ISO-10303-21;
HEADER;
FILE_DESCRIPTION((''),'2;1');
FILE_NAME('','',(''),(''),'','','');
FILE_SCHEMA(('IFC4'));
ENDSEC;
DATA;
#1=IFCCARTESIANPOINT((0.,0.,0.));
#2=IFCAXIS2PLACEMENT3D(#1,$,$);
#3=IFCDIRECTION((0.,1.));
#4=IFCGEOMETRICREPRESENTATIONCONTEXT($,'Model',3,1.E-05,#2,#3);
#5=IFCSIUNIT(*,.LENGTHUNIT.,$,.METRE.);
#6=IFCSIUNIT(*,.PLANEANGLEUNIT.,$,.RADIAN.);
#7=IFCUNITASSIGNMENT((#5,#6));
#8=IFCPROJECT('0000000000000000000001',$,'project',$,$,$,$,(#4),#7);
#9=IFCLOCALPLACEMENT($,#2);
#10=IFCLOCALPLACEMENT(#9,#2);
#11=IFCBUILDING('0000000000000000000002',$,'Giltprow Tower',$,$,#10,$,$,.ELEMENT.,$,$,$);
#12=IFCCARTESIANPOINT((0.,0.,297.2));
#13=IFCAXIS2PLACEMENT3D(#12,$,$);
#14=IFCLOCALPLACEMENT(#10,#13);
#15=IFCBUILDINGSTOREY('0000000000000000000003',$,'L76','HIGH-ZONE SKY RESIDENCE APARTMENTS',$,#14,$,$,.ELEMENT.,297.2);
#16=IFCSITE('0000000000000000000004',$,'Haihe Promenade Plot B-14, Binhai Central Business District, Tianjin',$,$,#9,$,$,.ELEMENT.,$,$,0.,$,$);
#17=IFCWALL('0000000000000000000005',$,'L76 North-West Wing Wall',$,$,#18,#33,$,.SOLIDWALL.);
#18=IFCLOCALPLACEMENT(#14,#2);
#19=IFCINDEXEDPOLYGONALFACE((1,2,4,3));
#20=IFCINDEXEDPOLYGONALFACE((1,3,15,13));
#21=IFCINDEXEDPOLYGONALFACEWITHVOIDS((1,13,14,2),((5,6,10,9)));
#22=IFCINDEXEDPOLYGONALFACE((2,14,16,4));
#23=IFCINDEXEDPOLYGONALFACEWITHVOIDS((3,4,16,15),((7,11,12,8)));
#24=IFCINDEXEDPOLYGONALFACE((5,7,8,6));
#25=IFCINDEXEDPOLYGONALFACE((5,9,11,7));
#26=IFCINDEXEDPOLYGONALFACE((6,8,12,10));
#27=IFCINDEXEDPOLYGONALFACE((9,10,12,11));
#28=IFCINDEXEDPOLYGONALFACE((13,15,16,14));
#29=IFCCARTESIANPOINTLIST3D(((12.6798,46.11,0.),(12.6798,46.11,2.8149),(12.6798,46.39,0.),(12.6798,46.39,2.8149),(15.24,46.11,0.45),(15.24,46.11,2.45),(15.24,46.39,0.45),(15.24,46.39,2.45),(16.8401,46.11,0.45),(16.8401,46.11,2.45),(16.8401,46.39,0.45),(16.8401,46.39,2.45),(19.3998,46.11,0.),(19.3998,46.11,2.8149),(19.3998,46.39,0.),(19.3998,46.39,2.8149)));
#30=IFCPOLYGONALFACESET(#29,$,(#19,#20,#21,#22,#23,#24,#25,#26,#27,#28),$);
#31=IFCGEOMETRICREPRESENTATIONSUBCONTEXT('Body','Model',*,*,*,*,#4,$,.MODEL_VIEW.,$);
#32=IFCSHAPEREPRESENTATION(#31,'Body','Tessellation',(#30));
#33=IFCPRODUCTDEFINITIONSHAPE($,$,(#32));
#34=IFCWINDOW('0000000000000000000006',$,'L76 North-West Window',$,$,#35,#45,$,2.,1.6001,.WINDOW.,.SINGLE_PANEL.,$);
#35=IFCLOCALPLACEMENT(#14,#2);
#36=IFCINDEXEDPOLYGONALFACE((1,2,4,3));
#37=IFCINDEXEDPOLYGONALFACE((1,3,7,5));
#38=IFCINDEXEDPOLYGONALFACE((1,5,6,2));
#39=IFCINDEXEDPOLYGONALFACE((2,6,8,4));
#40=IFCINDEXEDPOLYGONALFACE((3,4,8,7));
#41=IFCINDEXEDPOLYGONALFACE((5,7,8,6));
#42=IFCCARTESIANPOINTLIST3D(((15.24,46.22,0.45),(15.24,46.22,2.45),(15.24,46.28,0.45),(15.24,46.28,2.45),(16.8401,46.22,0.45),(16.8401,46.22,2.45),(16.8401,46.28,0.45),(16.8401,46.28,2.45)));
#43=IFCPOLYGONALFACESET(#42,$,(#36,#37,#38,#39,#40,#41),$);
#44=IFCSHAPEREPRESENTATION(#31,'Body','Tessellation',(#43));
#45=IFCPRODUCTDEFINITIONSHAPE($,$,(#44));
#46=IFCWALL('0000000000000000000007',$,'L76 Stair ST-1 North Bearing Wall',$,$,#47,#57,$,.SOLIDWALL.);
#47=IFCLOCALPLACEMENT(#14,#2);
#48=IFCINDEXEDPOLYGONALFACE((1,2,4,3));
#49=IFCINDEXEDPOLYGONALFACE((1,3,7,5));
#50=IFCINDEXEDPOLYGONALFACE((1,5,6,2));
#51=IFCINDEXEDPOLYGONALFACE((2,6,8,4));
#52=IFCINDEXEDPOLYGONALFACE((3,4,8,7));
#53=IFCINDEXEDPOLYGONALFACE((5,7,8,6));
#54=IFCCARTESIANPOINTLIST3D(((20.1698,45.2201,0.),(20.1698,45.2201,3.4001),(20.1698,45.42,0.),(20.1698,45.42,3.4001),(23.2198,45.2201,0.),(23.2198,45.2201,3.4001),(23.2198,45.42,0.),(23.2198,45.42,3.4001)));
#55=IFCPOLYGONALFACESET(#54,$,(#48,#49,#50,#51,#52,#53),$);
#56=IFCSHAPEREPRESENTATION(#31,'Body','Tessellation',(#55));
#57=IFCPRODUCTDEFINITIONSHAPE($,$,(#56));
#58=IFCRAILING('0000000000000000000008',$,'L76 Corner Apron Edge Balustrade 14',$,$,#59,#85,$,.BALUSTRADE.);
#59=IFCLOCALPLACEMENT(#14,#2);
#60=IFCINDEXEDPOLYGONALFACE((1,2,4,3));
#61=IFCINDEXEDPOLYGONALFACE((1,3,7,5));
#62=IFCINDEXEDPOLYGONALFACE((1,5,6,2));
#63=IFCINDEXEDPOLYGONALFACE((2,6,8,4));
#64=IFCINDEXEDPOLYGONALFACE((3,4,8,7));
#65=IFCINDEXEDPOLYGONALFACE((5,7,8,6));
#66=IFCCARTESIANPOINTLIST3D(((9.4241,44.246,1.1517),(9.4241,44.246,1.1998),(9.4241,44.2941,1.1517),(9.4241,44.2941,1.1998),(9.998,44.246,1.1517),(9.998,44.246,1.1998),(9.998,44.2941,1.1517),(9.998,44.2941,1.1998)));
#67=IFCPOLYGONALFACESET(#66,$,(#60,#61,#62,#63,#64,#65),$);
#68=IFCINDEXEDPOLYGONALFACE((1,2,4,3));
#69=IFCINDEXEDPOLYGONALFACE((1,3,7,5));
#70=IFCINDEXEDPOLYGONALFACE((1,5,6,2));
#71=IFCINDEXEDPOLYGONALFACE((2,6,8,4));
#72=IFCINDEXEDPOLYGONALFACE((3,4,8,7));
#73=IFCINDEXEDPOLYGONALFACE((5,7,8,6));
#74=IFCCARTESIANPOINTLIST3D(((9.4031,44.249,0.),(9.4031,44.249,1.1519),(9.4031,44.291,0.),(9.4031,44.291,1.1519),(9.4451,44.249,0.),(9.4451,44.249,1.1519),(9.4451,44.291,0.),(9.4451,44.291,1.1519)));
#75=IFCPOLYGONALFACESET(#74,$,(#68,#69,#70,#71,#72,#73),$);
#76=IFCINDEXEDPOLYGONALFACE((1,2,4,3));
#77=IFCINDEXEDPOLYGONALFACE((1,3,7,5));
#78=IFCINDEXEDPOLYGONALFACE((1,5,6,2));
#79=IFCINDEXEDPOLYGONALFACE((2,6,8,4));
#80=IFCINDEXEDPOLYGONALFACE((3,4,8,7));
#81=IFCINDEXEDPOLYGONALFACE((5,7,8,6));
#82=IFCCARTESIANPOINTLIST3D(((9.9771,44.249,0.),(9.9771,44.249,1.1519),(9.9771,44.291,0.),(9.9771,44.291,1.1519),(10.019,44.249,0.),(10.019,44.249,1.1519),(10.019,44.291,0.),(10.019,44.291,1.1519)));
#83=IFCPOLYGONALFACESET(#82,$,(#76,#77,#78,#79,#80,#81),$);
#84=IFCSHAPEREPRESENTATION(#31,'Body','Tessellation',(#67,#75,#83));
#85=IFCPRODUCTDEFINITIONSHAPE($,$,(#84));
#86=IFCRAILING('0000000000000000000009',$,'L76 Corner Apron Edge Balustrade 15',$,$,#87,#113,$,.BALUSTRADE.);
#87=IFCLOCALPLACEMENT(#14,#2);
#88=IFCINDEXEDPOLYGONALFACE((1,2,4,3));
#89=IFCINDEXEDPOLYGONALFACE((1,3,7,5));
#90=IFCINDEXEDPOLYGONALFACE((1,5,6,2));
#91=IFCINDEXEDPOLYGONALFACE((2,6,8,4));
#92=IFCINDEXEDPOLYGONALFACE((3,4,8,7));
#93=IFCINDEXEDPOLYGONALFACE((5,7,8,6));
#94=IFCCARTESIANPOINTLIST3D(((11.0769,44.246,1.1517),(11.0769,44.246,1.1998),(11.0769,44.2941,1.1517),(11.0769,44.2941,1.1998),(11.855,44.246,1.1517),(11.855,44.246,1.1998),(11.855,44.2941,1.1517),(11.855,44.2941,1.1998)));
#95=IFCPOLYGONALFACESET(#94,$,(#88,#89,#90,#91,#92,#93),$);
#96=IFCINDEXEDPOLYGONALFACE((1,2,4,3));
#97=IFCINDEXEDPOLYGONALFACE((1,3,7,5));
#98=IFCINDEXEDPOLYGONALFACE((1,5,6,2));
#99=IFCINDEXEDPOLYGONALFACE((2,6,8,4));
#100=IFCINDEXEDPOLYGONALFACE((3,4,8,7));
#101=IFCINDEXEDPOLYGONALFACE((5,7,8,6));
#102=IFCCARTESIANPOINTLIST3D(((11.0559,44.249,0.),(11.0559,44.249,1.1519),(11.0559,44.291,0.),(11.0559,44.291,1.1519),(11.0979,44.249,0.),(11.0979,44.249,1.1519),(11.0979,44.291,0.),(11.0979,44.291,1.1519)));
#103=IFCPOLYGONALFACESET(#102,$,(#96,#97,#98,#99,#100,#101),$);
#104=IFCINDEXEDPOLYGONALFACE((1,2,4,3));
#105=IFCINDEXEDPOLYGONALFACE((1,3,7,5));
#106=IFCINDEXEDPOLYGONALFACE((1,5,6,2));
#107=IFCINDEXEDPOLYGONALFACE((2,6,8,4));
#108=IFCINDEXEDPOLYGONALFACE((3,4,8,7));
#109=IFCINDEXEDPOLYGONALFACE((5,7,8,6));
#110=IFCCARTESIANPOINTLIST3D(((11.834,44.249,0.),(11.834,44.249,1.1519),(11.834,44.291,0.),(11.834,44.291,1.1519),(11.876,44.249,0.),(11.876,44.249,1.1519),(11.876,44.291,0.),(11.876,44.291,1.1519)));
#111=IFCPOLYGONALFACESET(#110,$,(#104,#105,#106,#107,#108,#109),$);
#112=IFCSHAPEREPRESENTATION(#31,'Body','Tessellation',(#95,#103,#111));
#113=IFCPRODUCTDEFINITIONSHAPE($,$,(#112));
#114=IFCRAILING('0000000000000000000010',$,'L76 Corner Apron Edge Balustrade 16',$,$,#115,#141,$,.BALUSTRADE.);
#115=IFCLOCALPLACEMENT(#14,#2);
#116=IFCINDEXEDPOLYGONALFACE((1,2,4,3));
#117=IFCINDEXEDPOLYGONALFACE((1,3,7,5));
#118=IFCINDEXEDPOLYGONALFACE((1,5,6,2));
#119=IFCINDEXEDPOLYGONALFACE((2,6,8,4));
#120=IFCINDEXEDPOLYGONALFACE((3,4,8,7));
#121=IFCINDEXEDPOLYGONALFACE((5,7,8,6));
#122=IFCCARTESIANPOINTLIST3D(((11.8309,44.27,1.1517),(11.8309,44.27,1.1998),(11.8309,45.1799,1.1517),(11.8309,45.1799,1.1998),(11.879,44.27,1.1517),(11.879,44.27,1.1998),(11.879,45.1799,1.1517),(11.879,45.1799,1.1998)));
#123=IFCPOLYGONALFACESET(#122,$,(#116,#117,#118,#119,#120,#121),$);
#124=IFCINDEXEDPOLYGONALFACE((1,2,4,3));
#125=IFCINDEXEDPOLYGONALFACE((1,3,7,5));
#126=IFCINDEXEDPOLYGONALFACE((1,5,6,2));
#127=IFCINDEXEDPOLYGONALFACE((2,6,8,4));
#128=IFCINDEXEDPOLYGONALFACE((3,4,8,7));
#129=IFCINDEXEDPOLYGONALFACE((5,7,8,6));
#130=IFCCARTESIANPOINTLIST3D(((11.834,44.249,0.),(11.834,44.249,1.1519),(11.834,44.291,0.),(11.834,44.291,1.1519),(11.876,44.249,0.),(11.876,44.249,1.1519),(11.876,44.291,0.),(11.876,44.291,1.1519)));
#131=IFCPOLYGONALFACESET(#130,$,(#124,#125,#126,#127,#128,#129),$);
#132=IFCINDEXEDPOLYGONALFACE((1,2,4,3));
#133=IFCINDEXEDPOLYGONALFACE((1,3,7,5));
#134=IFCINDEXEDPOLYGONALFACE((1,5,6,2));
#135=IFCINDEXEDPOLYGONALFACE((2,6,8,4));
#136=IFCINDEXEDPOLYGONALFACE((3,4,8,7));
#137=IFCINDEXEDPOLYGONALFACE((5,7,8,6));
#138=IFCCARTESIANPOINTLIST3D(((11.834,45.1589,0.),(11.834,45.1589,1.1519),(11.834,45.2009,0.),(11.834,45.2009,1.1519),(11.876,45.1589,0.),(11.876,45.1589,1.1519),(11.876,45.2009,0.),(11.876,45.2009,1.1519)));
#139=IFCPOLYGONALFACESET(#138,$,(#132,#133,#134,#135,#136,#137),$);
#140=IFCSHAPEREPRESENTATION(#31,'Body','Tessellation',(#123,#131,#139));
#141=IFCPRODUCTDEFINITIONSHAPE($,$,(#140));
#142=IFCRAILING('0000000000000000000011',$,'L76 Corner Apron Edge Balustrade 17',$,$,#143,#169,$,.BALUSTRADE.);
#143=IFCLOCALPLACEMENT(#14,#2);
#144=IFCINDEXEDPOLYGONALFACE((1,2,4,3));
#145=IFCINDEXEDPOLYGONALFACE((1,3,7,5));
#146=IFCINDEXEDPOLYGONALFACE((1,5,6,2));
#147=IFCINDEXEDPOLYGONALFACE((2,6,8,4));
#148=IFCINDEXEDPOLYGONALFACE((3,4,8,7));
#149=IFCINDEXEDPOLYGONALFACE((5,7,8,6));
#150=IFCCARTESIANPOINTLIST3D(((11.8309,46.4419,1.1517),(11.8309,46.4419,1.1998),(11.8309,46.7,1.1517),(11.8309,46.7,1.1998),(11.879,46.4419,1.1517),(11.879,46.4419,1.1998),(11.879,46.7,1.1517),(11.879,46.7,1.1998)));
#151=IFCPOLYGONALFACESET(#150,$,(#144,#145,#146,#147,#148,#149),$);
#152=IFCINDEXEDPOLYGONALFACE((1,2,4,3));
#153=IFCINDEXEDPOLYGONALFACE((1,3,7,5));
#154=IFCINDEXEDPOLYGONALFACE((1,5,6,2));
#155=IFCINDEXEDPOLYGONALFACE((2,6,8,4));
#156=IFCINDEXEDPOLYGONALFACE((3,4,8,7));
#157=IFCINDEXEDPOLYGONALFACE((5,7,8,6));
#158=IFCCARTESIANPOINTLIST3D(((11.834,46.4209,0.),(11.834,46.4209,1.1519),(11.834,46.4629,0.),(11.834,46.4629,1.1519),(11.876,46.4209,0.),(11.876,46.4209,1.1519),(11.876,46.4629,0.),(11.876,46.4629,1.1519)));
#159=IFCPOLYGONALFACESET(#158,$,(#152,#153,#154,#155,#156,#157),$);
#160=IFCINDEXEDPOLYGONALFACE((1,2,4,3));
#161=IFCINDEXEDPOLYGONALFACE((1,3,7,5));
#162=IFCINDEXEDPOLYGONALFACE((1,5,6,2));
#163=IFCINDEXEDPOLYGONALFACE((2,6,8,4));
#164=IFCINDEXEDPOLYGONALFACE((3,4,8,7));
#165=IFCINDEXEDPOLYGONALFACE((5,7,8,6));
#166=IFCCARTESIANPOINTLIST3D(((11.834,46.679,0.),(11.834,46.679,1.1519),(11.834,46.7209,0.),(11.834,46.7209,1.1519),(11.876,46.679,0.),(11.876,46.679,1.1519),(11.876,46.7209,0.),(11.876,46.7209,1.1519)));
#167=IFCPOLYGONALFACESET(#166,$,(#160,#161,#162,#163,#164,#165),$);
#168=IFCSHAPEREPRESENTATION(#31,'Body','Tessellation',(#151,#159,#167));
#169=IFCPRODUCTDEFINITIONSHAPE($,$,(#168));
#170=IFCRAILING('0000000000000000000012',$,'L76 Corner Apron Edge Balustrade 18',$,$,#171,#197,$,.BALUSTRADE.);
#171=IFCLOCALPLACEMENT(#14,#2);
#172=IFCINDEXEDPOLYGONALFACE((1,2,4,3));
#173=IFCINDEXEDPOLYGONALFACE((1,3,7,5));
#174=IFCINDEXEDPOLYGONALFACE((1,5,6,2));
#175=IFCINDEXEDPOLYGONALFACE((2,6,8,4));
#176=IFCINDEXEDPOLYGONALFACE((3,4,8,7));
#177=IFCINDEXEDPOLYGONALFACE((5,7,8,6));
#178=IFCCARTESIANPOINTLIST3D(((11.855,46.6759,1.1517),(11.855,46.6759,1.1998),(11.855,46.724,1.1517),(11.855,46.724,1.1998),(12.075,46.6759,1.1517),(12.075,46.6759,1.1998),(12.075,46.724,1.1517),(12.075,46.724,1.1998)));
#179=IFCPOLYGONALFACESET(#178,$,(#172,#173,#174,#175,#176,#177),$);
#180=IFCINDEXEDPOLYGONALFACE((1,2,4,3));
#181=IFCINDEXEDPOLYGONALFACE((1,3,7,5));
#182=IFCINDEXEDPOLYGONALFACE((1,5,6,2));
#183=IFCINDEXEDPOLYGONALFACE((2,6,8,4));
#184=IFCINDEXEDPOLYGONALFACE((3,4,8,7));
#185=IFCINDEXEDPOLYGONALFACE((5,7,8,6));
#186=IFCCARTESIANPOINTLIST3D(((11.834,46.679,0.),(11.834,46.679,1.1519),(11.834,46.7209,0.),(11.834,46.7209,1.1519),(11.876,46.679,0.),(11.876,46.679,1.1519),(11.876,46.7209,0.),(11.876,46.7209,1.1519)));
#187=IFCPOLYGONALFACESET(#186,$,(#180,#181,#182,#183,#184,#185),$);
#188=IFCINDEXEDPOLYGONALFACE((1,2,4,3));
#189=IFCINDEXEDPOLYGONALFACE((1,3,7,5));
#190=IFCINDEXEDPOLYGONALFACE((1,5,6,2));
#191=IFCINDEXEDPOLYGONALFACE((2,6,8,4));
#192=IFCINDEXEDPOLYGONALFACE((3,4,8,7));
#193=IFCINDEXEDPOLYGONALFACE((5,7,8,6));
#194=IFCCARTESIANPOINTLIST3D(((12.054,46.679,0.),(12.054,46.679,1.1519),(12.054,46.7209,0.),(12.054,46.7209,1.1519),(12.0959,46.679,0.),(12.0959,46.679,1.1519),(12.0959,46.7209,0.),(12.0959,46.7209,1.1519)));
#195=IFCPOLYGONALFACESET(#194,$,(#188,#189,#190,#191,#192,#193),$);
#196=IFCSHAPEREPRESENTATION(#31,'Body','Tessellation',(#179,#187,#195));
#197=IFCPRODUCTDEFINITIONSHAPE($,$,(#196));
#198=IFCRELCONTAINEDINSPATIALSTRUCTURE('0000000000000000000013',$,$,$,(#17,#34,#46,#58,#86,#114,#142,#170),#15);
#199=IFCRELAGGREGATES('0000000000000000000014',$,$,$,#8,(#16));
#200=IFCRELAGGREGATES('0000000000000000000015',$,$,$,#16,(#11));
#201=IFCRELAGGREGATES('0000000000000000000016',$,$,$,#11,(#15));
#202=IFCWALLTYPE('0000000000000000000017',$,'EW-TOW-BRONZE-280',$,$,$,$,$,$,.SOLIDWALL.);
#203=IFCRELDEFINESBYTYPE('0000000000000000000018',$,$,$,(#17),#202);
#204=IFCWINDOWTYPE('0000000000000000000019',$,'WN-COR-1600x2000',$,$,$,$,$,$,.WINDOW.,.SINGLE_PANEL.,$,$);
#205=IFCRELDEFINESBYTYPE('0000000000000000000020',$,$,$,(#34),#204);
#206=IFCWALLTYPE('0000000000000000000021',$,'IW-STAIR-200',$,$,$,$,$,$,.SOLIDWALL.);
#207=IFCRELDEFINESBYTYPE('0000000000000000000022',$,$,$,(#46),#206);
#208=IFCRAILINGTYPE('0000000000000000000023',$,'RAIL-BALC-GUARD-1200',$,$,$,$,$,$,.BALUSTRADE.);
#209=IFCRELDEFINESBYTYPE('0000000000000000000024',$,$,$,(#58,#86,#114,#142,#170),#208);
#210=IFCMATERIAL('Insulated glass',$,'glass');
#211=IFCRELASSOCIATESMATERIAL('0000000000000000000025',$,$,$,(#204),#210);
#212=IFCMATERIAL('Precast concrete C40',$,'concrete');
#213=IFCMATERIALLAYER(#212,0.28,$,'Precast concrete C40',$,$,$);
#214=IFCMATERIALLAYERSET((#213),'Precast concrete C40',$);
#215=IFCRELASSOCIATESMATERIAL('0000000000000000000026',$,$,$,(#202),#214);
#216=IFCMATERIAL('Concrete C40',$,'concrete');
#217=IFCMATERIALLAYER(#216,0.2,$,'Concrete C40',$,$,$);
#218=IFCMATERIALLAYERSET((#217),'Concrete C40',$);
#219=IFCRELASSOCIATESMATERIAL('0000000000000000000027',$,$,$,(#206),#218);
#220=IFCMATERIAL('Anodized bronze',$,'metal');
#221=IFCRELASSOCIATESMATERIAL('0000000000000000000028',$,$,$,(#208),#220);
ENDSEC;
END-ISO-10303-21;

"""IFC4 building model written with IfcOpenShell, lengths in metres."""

from ifc_helpers import new_model, si_unit, direction, frame, frame_2d, origin, origin_2d, place, context, subcontext, project, spatial, rectangle, extrude, source, transform, mapped, material, layer, layer_set, type_object, element, fill, save


model = new_model("IFC4")

# Units and contexts
model_context = context("Model", 3, precision=1e-05, world=origin(), true_north=direction((0.0, 1.0)))
body_context = subcontext(model_context, "Body", "Model", "MODEL_VIEW")
ifc_project = project(units=[si_unit("LENGTHUNIT", "METRE"), si_unit("PLANEANGLEUNIT", "RADIAN")], contexts=[model_context])

# Site, building, storey
site_placement = place(None, origin())
site = spatial("IfcSite", under=ifc_project, at=site_placement, Name="Haihe Promenade Plot B-14, Binhai Central Business District, Tianjin", CompositionType="ELEMENT", RefElevation=0.0)
building_placement = place(site_placement, origin())
building = spatial("IfcBuilding", under=site, at=building_placement, Name="Giltprow Tower", CompositionType="ELEMENT")
storey_placement = place(building_placement, frame((0.0, 0.0, 297.2)))
storey = spatial("IfcBuildingStorey", under=building, at=storey_placement, Name="L76", Description="HIGH-ZONE SKY RESIDENCE APARTMENTS", CompositionType="ELEMENT", Elevation=297.2)

# Wall, opening, window
ifc_material_1 = material(Name="Precast concrete C40", Category="concrete")
ifc_material_2 = material(Name="Insulated glass", Category="glass")
window_type = type_object("IfcWindowType", Name="WN-COR-1600x2000", PartitioningType="SINGLE_PANEL", PredefinedType="WINDOW", material=ifc_material_2)
shared_shape_1 = source(origin(), body_context, "Body", "SweptSolid", [
    extrude(rectangle(XDim=1.6001, YDim=2.0, at=frame_2d((0.8, 1.0))), frame((0.0, 0.03, 0.0), z_axis=(0.0, -1.0, 0.0), x_axis=(1.0, 0.0, 0.0)), (0.0, 0.0, 1.0), 0.0601),
])
ifc_layer_1 = layer(ifc_material_1, 0.28, Name="Precast concrete C40")
ifc_layer_set_1 = layer_set([ifc_layer_1], Name="Precast concrete C40")
wall_type_1 = type_object("IfcWallType", Name="EW-TOW-BRONZE-280", PredefinedType="SOLIDWALL", material=ifc_layer_set_1)
wall_1_placement = place(storey_placement, frame((12.6799, 46.25, 0.0), z_axis=(0.0, 0.0, 1.0), x_axis=(1.0, 0.0, 0.0)))
wall_1 = element("IfcWall", 1, at=wall_1_placement, inside=storey, type_object=wall_type_1, Name="L76 North-West Wing Wall", PredefinedType="SOLIDWALL", context=body_context, shape_type="SweptSolid", body=[
    extrude(rectangle(XDim=6.72, YDim=0.28, at=frame_2d((3.3599, 0.0))), origin(), (0.0, 0.0, 1.0), 2.8149),
])
opening_1_placement = place(wall_1_placement, frame((2.5601, 0.0, 0.45)))
opening_1 = element("IfcOpeningElement", 2, at=opening_1_placement, cuts=wall_1, PredefinedType="OPENING", context=body_context, shape_type="SweptSolid", body=[
    extrude(rectangle(XDim=1.6001, YDim=2.0, at=frame_2d((0.8, 1.0))), frame((0.0, 0.1499, 0.0), z_axis=(0.0, -1.0, 0.0), x_axis=(1.0, 0.0, 0.0)), (0.0, 0.0, 1.0), 0.3),
])
window_1_placement = place(opening_1_placement, origin())
window_1 = element("IfcWindow", 3, at=window_1_placement, inside=storey, type_object=window_type, Name="L76 North-West Window", OverallHeight=2.0, OverallWidth=1.6001, PartitioningType="SINGLE_PANEL", PredefinedType="WINDOW", context=body_context, shape_type="MappedRepresentation", body=[
    mapped(shared_shape_1, transform((0.0, 0.0, 0.0), x_axis=(1.0, 0.0, 0.0), y_axis=(0.0, 1.0, 0.0), z_axis=(0.0, 0.0, 1.0), scale=1.0)),
])
fill(opening_1, window_1)

# Wall
ifc_material_3 = material(Name="Concrete C40", Category="concrete")
ifc_layer_2 = layer(ifc_material_3, 0.2, Name="Concrete C40")
ifc_layer_set_2 = layer_set([ifc_layer_2], Name="Concrete C40")
wall_type_2 = type_object("IfcWallType", Name="IW-STAIR-200", PredefinedType="SOLIDWALL", material=ifc_layer_set_2)
wall_2_placement = place(storey_placement, frame((20.1699, 45.3201, 0.0), z_axis=(0.0, 0.0, 1.0), x_axis=(1.0, 0.0, 0.0)))
element("IfcWall", 4, at=wall_2_placement, inside=storey, type_object=wall_type_2, Name="L76 Stair ST-1 North Bearing Wall", PredefinedType="SOLIDWALL", context=body_context, shape_type="SweptSolid", body=[
    extrude(rectangle(XDim=3.05, YDim=0.2, at=frame_2d((1.5249, 0.0))), origin(), (0.0, 0.0, 1.0), 3.4001),
])

# Railings
ifc_material_4 = material(Name="Anodized bronze", Category="metal")
railing_type = type_object("IfcRailingType", Name="RAIL-BALC-GUARD-1200", PredefinedType="BALUSTRADE", material=ifc_material_4)
railing_1_placement = place(storey_placement, frame((9.4241, 44.27, 0.0)))
element("IfcRailing", 5, at=railing_1_placement, inside=storey, type_object=railing_type, Name="L76 Corner Apron Edge Balustrade 14", PredefinedType="BALUSTRADE", context=body_context, shape_type="SweptSolid", body=[
    extrude(rectangle(XDim=0.0481, YDim=0.0481, at=origin_2d()), frame((0.0, 0.0, 1.1758), z_axis=(1.0, 0.0, 0.0), x_axis=(0.0, 1.0, 0.0)), (0.0, 0.0, 1.0), 0.574),
    extrude(rectangle(XDim=0.042, YDim=0.042, at=origin_2d()), origin(), (0.0, 0.0, 1.0), 1.1519),
    extrude(rectangle(XDim=0.042, YDim=0.042, at=origin_2d()), frame((0.574, 0.0, 0.0)), (0.0, 0.0, 1.0), 1.1519),
])
railing_2_placement = place(storey_placement, frame((11.0769, 44.27, 0.0)))
element("IfcRailing", 6, at=railing_2_placement, inside=storey, type_object=railing_type, Name="L76 Corner Apron Edge Balustrade 15", PredefinedType="BALUSTRADE", context=body_context, shape_type="SweptSolid", body=[
    extrude(rectangle(XDim=0.0481, YDim=0.0481, at=origin_2d()), frame((0.0, 0.0, 1.1758), z_axis=(1.0, 0.0, 0.0), x_axis=(0.0, 1.0, 0.0)), (0.0, 0.0, 1.0), 0.7781),
    extrude(rectangle(XDim=0.042, YDim=0.042, at=origin_2d()), origin(), (0.0, 0.0, 1.0), 1.1519),
    extrude(rectangle(XDim=0.042, YDim=0.042, at=origin_2d()), frame((0.7781, 0.0, 0.0)), (0.0, 0.0, 1.0), 1.1519),
])
railing_3_placement = place(storey_placement, frame((11.855, 44.27, 0.0)))
element("IfcRailing", 7, at=railing_3_placement, inside=storey, type_object=railing_type, Name="L76 Corner Apron Edge Balustrade 16", PredefinedType="BALUSTRADE", context=body_context, shape_type="SweptSolid", body=[
    extrude(rectangle(XDim=0.0481, YDim=0.0481, at=origin_2d()), frame((0.0, 0.0, 1.1758), z_axis=(0.0, 1.0, 0.0), x_axis=(-1.0, 0.0, 0.0)), (0.0, 0.0, 1.0), 0.9099),
    extrude(rectangle(XDim=0.042, YDim=0.042, at=origin_2d()), origin(), (0.0, 0.0, 1.0), 1.1519),
    extrude(rectangle(XDim=0.042, YDim=0.042, at=origin_2d()), frame((0.0, 0.9099, 0.0)), (0.0, 0.0, 1.0), 1.1519),
])
railing_4_placement = place(storey_placement, frame((11.855, 46.4419, 0.0)))
element("IfcRailing", 8, at=railing_4_placement, inside=storey, type_object=railing_type, Name="L76 Corner Apron Edge Balustrade 17", PredefinedType="BALUSTRADE", context=body_context, shape_type="SweptSolid", body=[
    extrude(rectangle(XDim=0.0481, YDim=0.0481, at=origin_2d()), frame((0.0, 0.0, 1.1758), z_axis=(0.0, 1.0, 0.0), x_axis=(-1.0, 0.0, 0.0)), (0.0, 0.0, 1.0), 0.2581),
    extrude(rectangle(XDim=0.042, YDim=0.042, at=origin_2d()), origin(), (0.0, 0.0, 1.0), 1.1519),
    extrude(rectangle(XDim=0.042, YDim=0.042, at=origin_2d()), frame((0.0, 0.2581, 0.0)), (0.0, 0.0, 1.0), 1.1519),
])
railing_5_placement = place(storey_placement, frame((11.855, 46.7, 0.0)))
element("IfcRailing", 9, at=railing_5_placement, inside=storey, type_object=railing_type, Name="L76 Corner Apron Edge Balustrade 18", PredefinedType="BALUSTRADE", context=body_context, shape_type="SweptSolid", body=[
    extrude(rectangle(XDim=0.0481, YDim=0.0481, at=origin_2d()), frame((0.0, 0.0, 1.1758), z_axis=(1.0, 0.0, 0.0), x_axis=(0.0, 1.0, 0.0)), (0.0, 0.0, 1.0), 0.22),
    extrude(rectangle(XDim=0.042, YDim=0.042, at=origin_2d()), origin(), (0.0, 0.0, 1.0), 1.1519),
    extrude(rectangle(XDim=0.042, YDim=0.042, at=origin_2d()), frame((0.22, 0.0, 0.0)), (0.0, 0.0, 1.0), 1.1519),
])

save(model, "model.ifc")
